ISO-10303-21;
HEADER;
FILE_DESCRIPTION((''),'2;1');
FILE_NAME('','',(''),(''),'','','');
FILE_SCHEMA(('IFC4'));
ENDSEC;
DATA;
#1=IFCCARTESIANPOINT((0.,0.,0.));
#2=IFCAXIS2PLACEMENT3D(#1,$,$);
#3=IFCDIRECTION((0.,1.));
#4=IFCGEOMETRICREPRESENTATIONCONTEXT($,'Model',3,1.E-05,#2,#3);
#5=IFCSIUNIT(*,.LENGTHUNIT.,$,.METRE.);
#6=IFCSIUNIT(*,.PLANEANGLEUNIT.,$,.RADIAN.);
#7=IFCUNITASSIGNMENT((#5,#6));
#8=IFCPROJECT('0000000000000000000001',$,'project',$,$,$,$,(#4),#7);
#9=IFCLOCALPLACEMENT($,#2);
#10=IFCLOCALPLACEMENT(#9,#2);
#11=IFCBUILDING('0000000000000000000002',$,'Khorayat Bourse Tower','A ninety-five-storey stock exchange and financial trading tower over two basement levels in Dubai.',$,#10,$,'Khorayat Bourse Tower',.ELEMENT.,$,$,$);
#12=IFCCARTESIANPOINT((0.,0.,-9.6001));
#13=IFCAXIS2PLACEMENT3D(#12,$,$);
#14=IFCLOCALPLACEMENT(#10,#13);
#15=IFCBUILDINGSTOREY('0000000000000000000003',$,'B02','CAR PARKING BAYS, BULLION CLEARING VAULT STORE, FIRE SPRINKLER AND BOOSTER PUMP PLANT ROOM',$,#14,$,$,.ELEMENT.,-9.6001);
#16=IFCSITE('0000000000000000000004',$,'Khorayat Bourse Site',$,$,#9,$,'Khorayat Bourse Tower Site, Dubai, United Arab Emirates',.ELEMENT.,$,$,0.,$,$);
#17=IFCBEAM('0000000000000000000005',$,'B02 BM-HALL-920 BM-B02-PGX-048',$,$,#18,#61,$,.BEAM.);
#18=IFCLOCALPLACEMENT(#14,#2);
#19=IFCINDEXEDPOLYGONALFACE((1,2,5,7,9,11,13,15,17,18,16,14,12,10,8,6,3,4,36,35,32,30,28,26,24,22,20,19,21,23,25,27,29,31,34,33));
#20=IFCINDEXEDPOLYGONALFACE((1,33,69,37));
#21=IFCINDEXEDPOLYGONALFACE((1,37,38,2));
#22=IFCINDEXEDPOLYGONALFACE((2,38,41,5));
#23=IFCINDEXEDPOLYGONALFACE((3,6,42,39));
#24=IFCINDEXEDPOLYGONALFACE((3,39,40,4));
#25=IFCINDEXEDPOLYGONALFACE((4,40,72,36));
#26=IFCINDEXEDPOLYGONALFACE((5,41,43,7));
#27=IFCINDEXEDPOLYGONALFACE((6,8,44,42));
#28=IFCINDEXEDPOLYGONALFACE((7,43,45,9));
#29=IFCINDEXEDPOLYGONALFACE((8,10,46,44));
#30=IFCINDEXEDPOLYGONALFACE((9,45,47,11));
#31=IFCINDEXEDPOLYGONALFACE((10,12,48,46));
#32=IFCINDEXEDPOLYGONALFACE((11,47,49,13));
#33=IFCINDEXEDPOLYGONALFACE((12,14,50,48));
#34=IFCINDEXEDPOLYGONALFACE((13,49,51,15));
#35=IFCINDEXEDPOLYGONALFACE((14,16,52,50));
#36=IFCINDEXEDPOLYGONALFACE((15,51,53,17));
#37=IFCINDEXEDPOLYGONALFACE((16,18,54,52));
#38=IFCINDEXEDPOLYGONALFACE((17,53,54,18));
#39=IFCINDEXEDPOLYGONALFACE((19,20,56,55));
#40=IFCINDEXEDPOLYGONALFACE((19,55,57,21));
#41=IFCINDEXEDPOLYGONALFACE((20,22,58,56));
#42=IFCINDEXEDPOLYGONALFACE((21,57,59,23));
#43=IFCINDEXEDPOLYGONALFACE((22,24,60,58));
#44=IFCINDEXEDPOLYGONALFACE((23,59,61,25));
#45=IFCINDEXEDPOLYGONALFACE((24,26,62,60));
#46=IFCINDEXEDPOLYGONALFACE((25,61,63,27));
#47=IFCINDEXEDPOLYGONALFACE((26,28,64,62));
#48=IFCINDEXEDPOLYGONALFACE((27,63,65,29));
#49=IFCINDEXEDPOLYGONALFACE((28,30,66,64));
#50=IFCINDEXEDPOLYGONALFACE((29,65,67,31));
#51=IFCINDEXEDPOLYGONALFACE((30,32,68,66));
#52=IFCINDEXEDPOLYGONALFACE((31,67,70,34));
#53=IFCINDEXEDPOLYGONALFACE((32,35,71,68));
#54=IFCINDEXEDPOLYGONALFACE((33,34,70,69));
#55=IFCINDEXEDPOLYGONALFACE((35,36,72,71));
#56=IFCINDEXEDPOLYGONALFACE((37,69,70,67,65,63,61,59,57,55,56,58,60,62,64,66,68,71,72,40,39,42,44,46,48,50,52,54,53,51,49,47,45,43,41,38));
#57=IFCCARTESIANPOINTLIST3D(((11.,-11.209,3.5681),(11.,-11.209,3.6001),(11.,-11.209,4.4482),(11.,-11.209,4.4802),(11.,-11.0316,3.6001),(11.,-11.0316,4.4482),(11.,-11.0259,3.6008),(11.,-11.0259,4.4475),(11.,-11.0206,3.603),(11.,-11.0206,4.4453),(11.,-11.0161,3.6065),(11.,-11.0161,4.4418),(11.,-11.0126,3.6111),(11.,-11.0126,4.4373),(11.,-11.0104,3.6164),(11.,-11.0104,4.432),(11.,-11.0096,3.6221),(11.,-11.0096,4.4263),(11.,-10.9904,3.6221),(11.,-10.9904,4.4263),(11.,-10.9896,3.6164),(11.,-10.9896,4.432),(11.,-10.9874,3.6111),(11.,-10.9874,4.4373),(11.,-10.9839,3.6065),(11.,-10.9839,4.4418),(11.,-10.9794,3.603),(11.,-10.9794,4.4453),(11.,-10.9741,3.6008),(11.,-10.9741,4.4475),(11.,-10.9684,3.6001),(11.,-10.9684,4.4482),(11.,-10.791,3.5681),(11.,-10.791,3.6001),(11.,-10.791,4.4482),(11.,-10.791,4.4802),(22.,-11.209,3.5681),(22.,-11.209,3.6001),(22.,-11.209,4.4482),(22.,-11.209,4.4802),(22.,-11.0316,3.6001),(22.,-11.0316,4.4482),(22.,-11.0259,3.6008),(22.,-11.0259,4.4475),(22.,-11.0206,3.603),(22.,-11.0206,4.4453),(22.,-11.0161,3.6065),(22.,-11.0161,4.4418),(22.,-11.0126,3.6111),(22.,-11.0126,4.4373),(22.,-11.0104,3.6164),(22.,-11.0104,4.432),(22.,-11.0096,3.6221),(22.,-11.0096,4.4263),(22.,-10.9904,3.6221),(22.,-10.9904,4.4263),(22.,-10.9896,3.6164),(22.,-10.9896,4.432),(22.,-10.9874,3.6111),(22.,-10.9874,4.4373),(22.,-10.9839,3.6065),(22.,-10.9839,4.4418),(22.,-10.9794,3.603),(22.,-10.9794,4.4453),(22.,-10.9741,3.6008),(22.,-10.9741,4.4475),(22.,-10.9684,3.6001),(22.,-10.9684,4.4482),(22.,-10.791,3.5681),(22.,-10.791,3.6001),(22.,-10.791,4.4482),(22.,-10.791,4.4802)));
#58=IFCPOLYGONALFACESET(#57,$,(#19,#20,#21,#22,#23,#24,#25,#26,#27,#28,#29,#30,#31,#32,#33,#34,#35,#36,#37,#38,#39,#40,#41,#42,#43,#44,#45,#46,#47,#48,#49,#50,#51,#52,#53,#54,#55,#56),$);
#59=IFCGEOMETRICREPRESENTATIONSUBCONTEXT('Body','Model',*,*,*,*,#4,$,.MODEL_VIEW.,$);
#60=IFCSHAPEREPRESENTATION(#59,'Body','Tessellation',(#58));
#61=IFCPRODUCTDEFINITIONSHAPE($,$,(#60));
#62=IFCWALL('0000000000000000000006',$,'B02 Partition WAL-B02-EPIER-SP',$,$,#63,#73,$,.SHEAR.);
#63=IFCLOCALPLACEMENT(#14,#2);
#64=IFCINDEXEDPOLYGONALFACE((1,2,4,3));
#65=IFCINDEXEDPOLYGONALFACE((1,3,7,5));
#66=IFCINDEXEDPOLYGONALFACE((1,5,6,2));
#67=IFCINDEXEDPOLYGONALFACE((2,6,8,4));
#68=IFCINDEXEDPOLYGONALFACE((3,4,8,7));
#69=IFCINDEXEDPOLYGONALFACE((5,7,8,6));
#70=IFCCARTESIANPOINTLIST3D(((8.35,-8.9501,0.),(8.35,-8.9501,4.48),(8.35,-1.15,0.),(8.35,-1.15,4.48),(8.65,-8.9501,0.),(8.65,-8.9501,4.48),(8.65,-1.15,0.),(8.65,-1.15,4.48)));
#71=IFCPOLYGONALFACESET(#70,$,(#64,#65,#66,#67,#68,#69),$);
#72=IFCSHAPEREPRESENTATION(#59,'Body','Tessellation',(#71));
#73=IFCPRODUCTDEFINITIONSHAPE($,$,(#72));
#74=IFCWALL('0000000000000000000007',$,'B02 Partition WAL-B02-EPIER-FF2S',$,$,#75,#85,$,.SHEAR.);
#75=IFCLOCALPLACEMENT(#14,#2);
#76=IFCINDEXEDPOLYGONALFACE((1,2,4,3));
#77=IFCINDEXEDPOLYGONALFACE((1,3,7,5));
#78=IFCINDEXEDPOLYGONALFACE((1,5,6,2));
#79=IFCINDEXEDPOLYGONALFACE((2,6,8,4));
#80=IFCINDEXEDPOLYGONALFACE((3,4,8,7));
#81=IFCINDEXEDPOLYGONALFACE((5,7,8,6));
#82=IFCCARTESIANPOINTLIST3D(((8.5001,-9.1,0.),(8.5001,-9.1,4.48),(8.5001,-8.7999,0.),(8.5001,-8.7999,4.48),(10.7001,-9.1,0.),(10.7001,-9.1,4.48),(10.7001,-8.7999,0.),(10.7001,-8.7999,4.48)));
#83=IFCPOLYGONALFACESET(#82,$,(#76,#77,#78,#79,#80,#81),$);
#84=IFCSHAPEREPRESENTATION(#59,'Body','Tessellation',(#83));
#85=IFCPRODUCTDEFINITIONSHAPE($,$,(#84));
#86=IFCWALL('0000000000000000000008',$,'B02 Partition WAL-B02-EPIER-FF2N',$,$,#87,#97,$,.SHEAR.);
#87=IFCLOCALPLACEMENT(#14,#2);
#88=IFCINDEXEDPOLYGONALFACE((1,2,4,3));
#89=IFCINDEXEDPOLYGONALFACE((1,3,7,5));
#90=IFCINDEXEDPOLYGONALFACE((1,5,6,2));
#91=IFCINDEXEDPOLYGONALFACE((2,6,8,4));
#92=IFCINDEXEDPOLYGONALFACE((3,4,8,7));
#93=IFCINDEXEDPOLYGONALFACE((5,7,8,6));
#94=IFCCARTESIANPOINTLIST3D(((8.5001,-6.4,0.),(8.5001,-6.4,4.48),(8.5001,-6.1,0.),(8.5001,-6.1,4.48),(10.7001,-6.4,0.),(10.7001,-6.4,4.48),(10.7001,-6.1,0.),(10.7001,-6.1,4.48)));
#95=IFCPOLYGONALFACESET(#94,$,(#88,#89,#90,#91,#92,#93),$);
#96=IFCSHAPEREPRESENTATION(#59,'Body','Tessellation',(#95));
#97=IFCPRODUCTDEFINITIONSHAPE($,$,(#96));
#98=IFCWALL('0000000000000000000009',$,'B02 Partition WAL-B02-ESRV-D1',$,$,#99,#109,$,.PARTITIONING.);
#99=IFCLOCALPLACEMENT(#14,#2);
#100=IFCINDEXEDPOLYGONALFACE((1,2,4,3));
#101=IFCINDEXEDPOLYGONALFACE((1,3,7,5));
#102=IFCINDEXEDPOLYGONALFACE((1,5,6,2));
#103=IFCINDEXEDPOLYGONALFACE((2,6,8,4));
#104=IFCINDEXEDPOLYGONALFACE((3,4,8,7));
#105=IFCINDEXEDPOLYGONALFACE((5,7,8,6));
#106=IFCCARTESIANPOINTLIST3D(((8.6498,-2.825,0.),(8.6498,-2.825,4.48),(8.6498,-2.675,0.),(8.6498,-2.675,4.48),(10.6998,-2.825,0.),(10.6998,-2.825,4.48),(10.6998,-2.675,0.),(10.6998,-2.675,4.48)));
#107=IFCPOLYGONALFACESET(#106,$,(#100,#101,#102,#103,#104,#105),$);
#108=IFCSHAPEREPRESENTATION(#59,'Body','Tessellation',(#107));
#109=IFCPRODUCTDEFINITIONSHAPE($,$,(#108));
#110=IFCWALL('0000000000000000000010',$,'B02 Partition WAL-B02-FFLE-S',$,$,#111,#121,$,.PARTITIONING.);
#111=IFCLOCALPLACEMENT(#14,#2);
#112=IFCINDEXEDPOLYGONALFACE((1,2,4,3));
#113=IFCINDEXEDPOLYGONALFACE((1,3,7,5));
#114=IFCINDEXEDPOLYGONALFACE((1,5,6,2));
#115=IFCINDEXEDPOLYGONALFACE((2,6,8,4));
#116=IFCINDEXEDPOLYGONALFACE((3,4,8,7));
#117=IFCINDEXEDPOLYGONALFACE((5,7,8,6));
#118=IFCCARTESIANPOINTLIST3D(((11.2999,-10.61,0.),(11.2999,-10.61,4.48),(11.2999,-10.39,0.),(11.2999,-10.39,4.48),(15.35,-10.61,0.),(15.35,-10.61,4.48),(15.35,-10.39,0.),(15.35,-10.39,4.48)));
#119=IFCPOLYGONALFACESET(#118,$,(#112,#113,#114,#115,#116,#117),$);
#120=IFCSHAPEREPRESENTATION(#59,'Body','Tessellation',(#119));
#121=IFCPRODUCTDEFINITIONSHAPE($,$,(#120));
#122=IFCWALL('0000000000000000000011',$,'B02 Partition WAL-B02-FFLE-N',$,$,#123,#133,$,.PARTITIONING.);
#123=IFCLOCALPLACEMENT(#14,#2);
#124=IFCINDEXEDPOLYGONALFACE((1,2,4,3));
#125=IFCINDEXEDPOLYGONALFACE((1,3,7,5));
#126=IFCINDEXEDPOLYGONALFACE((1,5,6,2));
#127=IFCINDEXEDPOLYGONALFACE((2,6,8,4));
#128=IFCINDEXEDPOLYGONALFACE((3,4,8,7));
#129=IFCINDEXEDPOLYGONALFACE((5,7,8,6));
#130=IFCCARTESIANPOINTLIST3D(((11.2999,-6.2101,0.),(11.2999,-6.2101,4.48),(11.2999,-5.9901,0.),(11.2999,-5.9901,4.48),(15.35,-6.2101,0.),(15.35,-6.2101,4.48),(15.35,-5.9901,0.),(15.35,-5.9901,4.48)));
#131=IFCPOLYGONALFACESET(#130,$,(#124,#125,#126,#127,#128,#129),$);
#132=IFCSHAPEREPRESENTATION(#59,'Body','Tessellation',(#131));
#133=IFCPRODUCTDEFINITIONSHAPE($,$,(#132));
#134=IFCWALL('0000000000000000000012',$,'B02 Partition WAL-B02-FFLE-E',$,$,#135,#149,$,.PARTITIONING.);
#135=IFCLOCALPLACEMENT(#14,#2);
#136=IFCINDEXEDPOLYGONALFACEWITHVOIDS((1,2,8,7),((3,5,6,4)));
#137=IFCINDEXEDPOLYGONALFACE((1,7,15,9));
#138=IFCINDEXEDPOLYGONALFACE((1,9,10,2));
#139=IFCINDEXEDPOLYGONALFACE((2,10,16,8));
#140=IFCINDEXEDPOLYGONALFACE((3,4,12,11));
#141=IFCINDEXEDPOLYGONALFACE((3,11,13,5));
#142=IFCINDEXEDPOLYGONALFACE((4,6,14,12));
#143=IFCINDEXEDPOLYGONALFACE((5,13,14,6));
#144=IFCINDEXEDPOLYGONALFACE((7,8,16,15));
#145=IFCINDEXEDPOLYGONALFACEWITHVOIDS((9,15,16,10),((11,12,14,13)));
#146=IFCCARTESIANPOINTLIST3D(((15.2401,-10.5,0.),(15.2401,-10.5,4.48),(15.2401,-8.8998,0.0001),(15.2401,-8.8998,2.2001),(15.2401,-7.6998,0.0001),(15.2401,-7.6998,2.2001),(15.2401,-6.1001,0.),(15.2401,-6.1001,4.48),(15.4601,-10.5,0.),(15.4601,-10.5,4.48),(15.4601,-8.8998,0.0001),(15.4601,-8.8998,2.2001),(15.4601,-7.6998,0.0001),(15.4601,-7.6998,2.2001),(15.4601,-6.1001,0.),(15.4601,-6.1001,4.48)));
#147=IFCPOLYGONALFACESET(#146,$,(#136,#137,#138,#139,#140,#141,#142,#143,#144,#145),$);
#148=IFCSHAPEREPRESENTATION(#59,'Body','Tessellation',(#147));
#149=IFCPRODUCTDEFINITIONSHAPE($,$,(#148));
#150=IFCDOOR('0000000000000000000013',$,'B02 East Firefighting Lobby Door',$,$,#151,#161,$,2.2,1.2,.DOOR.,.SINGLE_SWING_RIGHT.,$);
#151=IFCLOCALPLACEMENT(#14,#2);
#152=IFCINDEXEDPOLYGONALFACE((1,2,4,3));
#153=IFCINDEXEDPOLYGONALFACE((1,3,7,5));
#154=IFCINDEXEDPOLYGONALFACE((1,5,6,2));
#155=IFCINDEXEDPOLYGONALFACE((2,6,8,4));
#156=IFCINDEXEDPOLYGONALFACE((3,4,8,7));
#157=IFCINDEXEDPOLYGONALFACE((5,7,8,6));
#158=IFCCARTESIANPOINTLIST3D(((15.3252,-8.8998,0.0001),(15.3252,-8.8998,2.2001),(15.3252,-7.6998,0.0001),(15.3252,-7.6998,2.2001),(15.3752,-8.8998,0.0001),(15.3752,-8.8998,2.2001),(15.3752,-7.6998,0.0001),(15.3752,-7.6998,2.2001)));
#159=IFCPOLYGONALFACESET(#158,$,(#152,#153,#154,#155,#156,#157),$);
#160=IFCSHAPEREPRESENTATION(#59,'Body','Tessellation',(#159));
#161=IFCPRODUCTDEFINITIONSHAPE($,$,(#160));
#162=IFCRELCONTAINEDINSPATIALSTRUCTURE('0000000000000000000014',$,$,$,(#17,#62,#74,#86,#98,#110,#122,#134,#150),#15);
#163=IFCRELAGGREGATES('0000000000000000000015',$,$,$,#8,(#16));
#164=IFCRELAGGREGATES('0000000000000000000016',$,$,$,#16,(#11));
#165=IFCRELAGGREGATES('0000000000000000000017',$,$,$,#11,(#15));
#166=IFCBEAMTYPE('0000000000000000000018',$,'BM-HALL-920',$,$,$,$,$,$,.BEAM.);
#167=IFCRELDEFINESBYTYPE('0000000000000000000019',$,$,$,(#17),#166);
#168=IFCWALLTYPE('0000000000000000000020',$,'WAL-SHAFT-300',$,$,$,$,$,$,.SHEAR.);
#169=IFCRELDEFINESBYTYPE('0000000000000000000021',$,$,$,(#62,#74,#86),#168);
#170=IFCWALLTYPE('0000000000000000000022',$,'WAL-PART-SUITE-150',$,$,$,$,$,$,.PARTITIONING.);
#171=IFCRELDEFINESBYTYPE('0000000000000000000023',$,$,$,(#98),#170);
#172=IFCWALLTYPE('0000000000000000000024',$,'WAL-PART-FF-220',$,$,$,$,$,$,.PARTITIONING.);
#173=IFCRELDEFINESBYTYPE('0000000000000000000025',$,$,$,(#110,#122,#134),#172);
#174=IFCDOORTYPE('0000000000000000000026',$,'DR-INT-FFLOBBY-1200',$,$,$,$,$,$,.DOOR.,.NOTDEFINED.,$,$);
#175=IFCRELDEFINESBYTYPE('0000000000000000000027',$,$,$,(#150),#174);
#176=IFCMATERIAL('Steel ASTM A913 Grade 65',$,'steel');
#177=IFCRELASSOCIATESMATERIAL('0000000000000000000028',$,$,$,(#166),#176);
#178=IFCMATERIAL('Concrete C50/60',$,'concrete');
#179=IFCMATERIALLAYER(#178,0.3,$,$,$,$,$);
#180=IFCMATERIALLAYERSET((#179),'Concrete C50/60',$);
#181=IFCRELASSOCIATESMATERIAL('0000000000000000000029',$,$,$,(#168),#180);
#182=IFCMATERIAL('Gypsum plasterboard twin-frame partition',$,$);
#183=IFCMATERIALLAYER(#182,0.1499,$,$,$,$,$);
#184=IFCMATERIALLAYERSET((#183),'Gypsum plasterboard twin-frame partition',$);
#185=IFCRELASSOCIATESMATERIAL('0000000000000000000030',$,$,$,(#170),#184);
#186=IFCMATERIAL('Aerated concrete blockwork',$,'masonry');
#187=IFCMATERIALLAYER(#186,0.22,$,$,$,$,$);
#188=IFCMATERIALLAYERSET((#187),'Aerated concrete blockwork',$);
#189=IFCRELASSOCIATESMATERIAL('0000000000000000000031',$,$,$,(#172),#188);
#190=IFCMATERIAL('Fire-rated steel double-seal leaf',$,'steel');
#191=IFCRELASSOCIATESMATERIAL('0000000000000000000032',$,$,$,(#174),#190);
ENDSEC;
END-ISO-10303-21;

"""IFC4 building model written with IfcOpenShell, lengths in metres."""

from ifc_helpers import new_model, si_unit, direction, frame, frame_2d, origin, origin_2d, place, context, subcontext, project, spatial, rectangle, i_section, extrude, source, transform, mapped, material, layer, layer_set, material_profile, profile_set, type_object, element, fill, save


model = new_model("IFC4")

# Units and contexts
model_context = context("Model", 3, precision=1e-05, world=origin(), true_north=direction((0.0, 1.0)))
body_context = subcontext(model_context, "Body", "Model", "MODEL_VIEW")
ifc_project = project(units=[si_unit("LENGTHUNIT", "METRE"), si_unit("PLANEANGLEUNIT", "RADIAN")], contexts=[model_context])

# Site, building, storey
site_placement = place(None, origin())
site = spatial("IfcSite", under=ifc_project, at=site_placement, Name="Khorayat Bourse Site", LongName="Khorayat Bourse Tower Site, Dubai, United Arab Emirates", CompositionType="ELEMENT", RefElevation=0.0)
building_placement = place(site_placement, origin())
building = spatial("IfcBuilding", under=site, at=building_placement, Name="Khorayat Bourse Tower", Description="A ninety-five-storey stock exchange and financial trading tower over two basement levels in Dubai.", LongName="Khorayat Bourse Tower", CompositionType="ELEMENT")
storey_placement = place(building_placement, frame((0.0, 0.0, -9.6001)))
storey = spatial("IfcBuildingStorey", under=building, at=storey_placement, Name="B02", Description="CAR PARKING BAYS, BULLION CLEARING VAULT STORE, FIRE SPRINKLER AND BOOSTER PUMP PLANT ROOM", CompositionType="ELEMENT", Elevation=-9.6001)

# Shared definitions
ifc_material_1 = material(Name="Concrete C50/60", Category="concrete")

# Beam
ifc_material_2 = material(Name="Steel ASTM A913 Grade 65", Category="steel")
ifc_material_profile_1 = material_profile(ifc_material_2, i_section(OverallWidth=0.418, OverallDepth=0.9121, WebThickness=0.0193, FlangeThickness=0.032, FilletRadius=0.022, at=origin_2d()), Name="W920X342")
ifc_profile_set_1 = profile_set([ifc_material_profile_1], Name="Steel ASTM A913 Grade 65")
beam_type_1 = type_object("IfcBeamType", Name="BM-HALL-920", PredefinedType="BEAM", material=ifc_profile_set_1)
shared_shape_1 = source(origin(), body_context, "Body", "SweptSolid", [
    extrude(i_section(OverallWidth=0.418, OverallDepth=0.9121, WebThickness=0.0193, FlangeThickness=0.032, FilletRadius=0.022, at=origin_2d()), origin(), (0.0, 0.0, 1.0), 11.0),
])
beam_1_placement = place(storey_placement, frame((11.0, -11.0, 4.0242), z_axis=(1.0, 0.0, 0.0), x_axis=(0.0, 1.0, 0.0)))
element("IfcBeam", 1, at=beam_1_placement, inside=storey, type_object=beam_type_1, Name="B02 BM-HALL-920 BM-B02-PGX-048", PredefinedType="BEAM", context=body_context, shape_type="MappedRepresentation", body=[
    mapped(shared_shape_1, transform((0.0, 0.0, 0.0), scale=1.0)),
])

# Walls
ifc_layer_1 = layer(ifc_material_1, 0.3)
ifc_layer_set_1 = layer_set([ifc_layer_1], Name="Concrete C50/60")
wall_type_1 = type_object("IfcWallType", Name="WAL-SHAFT-300", PredefinedType="SHEAR", material=ifc_layer_set_1)
shared_shape_2 = source(origin(), body_context, "Body", "SweptSolid", [
    extrude(rectangle(XDim=7.8, YDim=0.3, at=frame_2d((3.8999, 0.0))), origin(), (0.0, 0.0, 1.0), 4.48),
])
wall_1_placement = place(storey_placement, frame((8.5, -8.95, 0.0), z_axis=(0.0, 0.0, 1.0), x_axis=(0.0, 1.0, 0.0)))
element("IfcWall", 2, at=wall_1_placement, inside=storey, type_object=wall_type_1, Name="B02 Partition WAL-B02-EPIER-SP", PredefinedType="SHEAR", context=body_context, shape_type="MappedRepresentation", body=[
    mapped(shared_shape_2, transform((0.0, 0.0, 0.0), scale=1.0)),
])
shared_shape_3 = source(origin(), body_context, "Body", "SweptSolid", [
    extrude(rectangle(XDim=2.2, YDim=0.3, at=frame_2d((1.1001, 0.0))), origin(), (0.0, 0.0, 1.0), 4.48),
])
for number, where, z_axis, x_axis, name in (
    (3, (8.5, -8.95, 0.0), (0.0, 0.0, 1.0), (1.0, 0.0, 0.0), "B02 Partition WAL-B02-EPIER-FF2S"),
    (4, (8.5, -6.25, 0.0), (0.0, 0.0, 1.0), (1.0, 0.0, 0.0), "B02 Partition WAL-B02-EPIER-FF2N"),
):
    element("IfcWall", number, at=place(storey_placement, frame(where, z_axis=z_axis, x_axis=x_axis)), inside=storey, type_object=wall_type_1, Name=name, PredefinedType="SHEAR", context=body_context, shape_type="MappedRepresentation", body=[
        mapped(shared_shape_3, transform((0.0, 0.0, 0.0), scale=1.0)),
    ])
ifc_material_3 = material(Name="Gypsum plasterboard twin-frame partition")
ifc_layer_2 = layer(ifc_material_3, 0.1499)
ifc_layer_set_2 = layer_set([ifc_layer_2], Name="Gypsum plasterboard twin-frame partition")
wall_type_2 = type_object("IfcWallType", Name="WAL-PART-SUITE-150", PredefinedType="PARTITIONING", material=ifc_layer_set_2)
shared_shape_4 = source(origin(), body_context, "Body", "SweptSolid", [
    extrude(rectangle(XDim=2.05, YDim=0.1499, at=frame_2d((1.0249, 0.0))), origin(), (0.0, 0.0, 1.0), 4.48),
])
wall_2_placement = place(storey_placement, frame((8.6499, -2.75, 0.0), z_axis=(0.0, 0.0, 1.0), x_axis=(1.0, 0.0, 0.0)))
element("IfcWall", 5, at=wall_2_placement, inside=storey, type_object=wall_type_2, Name="B02 Partition WAL-B02-ESRV-D1", PredefinedType="PARTITIONING", context=body_context, shape_type="MappedRepresentation", body=[
    mapped(shared_shape_4, transform((0.0, 0.0, 0.0), scale=1.0)),
])
ifc_material_4 = material(Name="Aerated concrete blockwork", Category="masonry")
ifc_layer_3 = layer(ifc_material_4, 0.22)
ifc_layer_set_3 = layer_set([ifc_layer_3], Name="Aerated concrete blockwork")
wall_type_3 = type_object("IfcWallType", Name="WAL-PART-FF-220", PredefinedType="PARTITIONING", material=ifc_layer_set_3)
shared_shape_5 = source(origin(), body_context, "Body", "SweptSolid", [
    extrude(rectangle(XDim=4.05, YDim=0.22, at=frame_2d((2.0249, 0.0))), origin(), (0.0, 0.0, 1.0), 4.48),
])
for number, where, z_axis, x_axis, name in (
    (6, (11.3, -10.5, 0.0), (0.0, 0.0, 1.0), (1.0, 0.0, 0.0), "B02 Partition WAL-B02-FFLE-S"),
    (7, (11.3, -6.1001, 0.0), (0.0, 0.0, 1.0), (1.0, 0.0, 0.0), "B02 Partition WAL-B02-FFLE-N"),
):
    element("IfcWall", number, at=place(storey_placement, frame(where, z_axis=z_axis, x_axis=x_axis)), inside=storey, type_object=wall_type_3, Name=name, PredefinedType="PARTITIONING", context=body_context, shape_type="MappedRepresentation", body=[
        mapped(shared_shape_5, transform((0.0, 0.0, 0.0), scale=1.0)),
    ])

# Wall, opening, door
shared_shape_6 = source(origin(), body_context, "Body", "SweptSolid", [
    extrude(rectangle(XDim=4.3999, YDim=0.22, at=frame_2d((2.2, 0.0))), origin(), (0.0, 0.0, 1.0), 4.48),
])
wall_3_placement = place(storey_placement, frame((15.3501, -10.5, 0.0), z_axis=(0.0, 0.0, 1.0), x_axis=(0.0, 1.0, 0.0)))
wall_3 = element("IfcWall", 8, at=wall_3_placement, inside=storey, type_object=wall_type_3, Name="B02 Partition WAL-B02-FFLE-E", PredefinedType="PARTITIONING", context=body_context, shape_type="MappedRepresentation", body=[
    mapped(shared_shape_6, transform((0.0, 0.0, 0.0), scale=1.0)),
])
shared_shape_7 = source(origin(), body_context, "Body", "SweptSolid", [
    extrude(rectangle(XDim=1.2, YDim=2.2, at=frame_2d((0.6001, 1.1001))), frame((0.0, 0.1199, 0.0), z_axis=(0.0, -1.0, 0.0), x_axis=(1.0, 0.0, 0.0)), (0.0, 0.0, 1.0), 0.24),
])
opening_1_placement = place(wall_3_placement, frame((1.6001, 0.0, 0.0)))
opening_1 = element("IfcOpeningElement", 9, at=opening_1_placement, cuts=wall_3, PredefinedType="OPENING", context=body_context, shape_type="MappedRepresentation", body=[
    mapped(shared_shape_7, transform((0.0, 0.0, 0.0), scale=1.0)),
])
ifc_material_5 = material(Name="Fire-rated steel double-seal leaf", Category="steel")
door_type_1 = type_object("IfcDoorType", Name="DR-INT-FFLOBBY-1200", OperationType="NOTDEFINED", PredefinedType="DOOR", material=ifc_material_5)
shared_shape_8 = source(origin(), body_context, "Body", "SweptSolid", [
    extrude(rectangle(XDim=1.2, YDim=2.2, at=frame_2d((0.6001, 1.1001))), frame((0.0, 0.0249, 0.0), z_axis=(0.0, -1.0, 0.0), x_axis=(1.0, 0.0, 0.0)), (0.0, 0.0, 1.0), 0.05),
])
door_1_placement = place(opening_1_placement, origin())
door_1 = element("IfcDoor", 10, at=door_1_placement, inside=storey, type_object=door_type_1, Name="B02 East Firefighting Lobby Door", OperationType="SINGLE_SWING_RIGHT", OverallHeight=2.2, OverallWidth=1.2, PredefinedType="DOOR", context=body_context, shape_type="MappedRepresentation", body=[
    mapped(shared_shape_8, transform((0.0, 0.0, 0.0), scale=1.0)),
])
fill(opening_1, door_1)

save(model, "model.ifc")
